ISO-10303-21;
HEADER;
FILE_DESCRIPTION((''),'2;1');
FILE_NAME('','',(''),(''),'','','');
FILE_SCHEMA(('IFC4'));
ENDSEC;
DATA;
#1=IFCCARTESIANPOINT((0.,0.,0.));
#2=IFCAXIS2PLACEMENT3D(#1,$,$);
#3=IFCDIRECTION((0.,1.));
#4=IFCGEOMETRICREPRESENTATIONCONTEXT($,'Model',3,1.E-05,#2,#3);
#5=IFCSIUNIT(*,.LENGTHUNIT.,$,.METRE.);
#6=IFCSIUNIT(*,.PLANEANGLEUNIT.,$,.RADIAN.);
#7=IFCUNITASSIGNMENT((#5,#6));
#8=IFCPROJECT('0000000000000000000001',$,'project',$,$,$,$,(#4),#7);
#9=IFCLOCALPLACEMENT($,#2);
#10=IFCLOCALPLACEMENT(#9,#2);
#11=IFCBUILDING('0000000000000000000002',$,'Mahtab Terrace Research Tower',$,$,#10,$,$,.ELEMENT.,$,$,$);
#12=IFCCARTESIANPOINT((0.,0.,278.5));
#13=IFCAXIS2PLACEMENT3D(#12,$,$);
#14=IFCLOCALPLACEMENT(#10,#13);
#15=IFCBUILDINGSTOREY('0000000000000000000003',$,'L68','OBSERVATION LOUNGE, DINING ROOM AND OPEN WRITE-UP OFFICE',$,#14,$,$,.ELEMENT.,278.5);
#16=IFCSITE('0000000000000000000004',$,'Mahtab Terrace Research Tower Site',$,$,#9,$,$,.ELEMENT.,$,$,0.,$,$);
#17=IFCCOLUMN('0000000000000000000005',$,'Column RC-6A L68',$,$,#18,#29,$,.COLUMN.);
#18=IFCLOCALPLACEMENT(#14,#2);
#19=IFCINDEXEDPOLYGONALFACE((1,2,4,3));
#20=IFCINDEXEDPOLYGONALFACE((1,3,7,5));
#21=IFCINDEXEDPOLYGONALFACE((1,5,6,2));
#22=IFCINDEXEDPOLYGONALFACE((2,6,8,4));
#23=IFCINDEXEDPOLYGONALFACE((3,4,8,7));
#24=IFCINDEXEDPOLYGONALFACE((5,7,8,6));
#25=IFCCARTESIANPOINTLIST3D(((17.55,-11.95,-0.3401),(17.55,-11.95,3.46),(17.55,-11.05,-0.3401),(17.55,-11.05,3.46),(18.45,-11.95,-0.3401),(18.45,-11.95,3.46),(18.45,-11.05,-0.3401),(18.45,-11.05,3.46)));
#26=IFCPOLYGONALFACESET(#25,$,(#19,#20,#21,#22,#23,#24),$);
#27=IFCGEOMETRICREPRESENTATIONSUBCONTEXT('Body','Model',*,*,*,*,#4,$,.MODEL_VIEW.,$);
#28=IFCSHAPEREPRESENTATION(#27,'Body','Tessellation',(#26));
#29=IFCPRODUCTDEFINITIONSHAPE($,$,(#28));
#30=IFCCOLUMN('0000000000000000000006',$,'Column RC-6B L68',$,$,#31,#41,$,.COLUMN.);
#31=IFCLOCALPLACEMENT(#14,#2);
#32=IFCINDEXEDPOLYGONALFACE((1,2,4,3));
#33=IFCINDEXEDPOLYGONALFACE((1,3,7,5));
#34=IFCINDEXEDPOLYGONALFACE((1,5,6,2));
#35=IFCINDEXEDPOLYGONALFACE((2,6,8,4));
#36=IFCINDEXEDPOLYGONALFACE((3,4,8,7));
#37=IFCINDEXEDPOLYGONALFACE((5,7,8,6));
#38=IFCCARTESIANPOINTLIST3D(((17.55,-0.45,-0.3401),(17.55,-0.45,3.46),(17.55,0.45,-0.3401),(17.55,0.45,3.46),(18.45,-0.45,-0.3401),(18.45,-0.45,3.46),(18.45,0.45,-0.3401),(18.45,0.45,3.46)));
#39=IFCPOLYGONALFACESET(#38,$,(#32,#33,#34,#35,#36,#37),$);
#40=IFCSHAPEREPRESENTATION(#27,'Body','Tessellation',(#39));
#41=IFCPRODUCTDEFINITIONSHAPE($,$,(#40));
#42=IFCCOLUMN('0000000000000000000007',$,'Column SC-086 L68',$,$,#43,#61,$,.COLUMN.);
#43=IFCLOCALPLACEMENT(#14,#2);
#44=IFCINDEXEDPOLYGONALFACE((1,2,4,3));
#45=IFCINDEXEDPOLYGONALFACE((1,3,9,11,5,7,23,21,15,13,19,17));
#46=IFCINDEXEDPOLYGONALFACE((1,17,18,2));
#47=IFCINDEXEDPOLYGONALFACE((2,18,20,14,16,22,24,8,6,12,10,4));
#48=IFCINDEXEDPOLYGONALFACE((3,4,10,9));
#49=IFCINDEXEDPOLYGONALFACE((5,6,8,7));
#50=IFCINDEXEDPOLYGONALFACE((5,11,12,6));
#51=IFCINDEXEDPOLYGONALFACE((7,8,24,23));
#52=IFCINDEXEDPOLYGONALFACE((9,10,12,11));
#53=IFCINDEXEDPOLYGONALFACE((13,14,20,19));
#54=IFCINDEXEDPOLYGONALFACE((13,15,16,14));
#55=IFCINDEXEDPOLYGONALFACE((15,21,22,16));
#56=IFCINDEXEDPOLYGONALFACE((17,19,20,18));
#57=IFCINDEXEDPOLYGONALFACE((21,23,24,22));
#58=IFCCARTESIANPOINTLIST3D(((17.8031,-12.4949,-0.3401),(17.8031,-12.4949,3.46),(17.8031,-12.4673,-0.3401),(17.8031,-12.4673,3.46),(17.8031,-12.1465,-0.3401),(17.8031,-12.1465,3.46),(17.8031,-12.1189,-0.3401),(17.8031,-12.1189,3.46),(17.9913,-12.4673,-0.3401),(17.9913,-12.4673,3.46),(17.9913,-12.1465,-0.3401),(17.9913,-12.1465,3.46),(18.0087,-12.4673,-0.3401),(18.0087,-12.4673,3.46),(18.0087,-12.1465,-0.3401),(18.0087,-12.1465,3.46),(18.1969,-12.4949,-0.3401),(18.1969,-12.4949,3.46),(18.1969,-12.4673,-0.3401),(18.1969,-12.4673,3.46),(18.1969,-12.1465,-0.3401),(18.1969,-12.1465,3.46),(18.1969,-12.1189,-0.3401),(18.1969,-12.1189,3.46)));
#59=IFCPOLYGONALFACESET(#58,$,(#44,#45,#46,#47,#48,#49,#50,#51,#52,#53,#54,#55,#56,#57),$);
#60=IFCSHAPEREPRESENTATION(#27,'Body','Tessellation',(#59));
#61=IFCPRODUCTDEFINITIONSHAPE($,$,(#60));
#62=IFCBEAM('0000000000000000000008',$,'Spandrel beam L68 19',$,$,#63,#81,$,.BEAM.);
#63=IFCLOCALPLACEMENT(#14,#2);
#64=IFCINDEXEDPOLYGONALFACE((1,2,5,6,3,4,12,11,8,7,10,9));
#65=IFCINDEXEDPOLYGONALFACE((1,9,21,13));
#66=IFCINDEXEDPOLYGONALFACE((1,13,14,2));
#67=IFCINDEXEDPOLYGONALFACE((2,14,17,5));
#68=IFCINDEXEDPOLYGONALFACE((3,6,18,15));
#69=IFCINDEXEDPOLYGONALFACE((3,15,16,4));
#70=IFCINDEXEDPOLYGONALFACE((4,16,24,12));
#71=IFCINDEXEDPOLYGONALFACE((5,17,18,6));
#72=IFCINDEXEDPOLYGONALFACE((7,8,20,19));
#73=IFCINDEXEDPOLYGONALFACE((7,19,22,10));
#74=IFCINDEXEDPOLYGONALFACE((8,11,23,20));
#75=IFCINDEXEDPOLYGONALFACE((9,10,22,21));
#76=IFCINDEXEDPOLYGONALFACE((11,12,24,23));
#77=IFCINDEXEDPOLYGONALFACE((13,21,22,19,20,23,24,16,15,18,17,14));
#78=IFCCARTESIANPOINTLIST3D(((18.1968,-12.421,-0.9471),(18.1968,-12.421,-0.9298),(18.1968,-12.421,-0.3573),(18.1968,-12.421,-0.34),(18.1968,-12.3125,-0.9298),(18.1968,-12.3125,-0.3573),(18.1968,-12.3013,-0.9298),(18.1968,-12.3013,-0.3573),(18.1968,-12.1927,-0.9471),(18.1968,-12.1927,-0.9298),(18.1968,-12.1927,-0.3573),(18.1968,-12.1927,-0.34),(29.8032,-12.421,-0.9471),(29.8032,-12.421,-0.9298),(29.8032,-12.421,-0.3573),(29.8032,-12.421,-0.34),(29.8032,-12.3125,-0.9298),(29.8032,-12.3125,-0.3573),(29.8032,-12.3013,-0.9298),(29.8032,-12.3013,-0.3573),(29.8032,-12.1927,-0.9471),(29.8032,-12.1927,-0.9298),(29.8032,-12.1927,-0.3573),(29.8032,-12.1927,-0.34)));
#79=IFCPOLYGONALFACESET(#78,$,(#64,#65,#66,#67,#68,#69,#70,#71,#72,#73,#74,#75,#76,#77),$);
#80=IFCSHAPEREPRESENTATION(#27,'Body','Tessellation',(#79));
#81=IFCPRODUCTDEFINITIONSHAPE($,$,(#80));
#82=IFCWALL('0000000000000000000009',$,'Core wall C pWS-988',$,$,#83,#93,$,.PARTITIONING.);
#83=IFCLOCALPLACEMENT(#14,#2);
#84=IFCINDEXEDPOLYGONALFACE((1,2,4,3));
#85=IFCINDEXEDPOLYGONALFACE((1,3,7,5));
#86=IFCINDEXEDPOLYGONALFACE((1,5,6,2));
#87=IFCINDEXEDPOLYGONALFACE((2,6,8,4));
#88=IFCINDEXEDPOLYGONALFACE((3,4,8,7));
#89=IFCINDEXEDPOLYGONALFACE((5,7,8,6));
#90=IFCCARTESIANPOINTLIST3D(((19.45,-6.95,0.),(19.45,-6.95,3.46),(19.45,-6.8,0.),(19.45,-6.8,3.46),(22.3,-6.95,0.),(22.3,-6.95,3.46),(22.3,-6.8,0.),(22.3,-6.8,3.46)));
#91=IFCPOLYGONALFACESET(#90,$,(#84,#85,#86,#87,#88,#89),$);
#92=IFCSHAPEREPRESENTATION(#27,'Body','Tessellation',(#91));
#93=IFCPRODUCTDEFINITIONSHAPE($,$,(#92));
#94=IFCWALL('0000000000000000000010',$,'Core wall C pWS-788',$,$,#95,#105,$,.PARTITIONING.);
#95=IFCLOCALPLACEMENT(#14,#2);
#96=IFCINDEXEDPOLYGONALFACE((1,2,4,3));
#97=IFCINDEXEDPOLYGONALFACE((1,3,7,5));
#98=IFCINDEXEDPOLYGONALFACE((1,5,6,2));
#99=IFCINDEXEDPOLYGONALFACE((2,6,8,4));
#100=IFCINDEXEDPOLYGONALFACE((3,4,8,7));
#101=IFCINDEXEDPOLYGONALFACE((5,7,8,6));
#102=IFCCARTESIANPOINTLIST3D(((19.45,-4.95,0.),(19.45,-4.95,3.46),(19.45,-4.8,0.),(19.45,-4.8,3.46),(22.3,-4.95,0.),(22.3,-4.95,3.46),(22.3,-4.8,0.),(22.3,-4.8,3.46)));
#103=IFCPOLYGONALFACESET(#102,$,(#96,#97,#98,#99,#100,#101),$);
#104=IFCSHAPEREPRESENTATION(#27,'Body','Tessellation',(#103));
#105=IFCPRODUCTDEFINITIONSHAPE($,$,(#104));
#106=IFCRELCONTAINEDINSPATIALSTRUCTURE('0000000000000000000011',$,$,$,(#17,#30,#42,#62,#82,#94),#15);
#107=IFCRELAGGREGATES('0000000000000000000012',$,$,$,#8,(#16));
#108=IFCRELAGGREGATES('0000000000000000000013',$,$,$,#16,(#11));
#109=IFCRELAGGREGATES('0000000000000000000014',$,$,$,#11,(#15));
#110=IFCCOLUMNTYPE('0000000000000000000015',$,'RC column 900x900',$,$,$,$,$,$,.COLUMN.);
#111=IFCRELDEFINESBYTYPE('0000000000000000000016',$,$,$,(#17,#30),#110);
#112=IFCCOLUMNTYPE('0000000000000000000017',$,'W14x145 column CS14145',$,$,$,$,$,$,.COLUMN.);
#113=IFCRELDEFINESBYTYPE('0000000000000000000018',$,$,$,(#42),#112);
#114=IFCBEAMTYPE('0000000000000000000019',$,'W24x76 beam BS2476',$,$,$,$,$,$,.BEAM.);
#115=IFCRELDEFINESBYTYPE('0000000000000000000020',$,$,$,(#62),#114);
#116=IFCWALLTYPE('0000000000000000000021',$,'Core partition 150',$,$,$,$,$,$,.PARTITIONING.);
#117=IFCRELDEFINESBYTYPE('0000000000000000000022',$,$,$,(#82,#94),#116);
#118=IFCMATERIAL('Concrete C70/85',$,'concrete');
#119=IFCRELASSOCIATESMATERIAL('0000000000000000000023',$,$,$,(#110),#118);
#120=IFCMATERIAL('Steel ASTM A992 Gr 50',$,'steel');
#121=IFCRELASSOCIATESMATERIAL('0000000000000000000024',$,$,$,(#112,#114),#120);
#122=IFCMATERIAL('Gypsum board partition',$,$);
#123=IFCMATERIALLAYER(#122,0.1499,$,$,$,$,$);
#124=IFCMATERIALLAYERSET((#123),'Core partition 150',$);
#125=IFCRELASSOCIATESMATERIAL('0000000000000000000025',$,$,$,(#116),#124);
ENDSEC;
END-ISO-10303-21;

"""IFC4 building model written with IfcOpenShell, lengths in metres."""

from ifc_helpers import new_model, si_unit, direction, frame, frame_2d, origin, origin_2d, place, context, subcontext, project, spatial, rectangle, i_section, extrude, material, layer, layer_set, material_profile, profile_set, type_object, element, save


model = new_model("IFC4")

# Units and contexts
model_context = context("Model", 3, precision=1e-05, world=origin(), true_north=direction((0.0, 1.0)))
body_context = subcontext(model_context, "Body", "Model", "MODEL_VIEW")
ifc_project = project(units=[si_unit("LENGTHUNIT", "METRE"), si_unit("PLANEANGLEUNIT", "RADIAN")], contexts=[model_context])

# Site, building, storey
site_placement = place(None, origin())
site = spatial("IfcSite", under=ifc_project, at=site_placement, Name="Mahtab Terrace Research Tower Site", CompositionType="ELEMENT", RefElevation=0.0)
building_placement = place(site_placement, origin())
building = spatial("IfcBuilding", under=site, at=building_placement, Name="Mahtab Terrace Research Tower", CompositionType="ELEMENT")
storey_placement = place(building_placement, frame((0.0, 0.0, 278.5)))
storey = spatial("IfcBuildingStorey", under=building, at=storey_placement, Name="L68", Description="OBSERVATION LOUNGE, DINING ROOM AND OPEN WRITE-UP OFFICE", CompositionType="ELEMENT", Elevation=278.5)

# Columns
ifc_material_1 = material(Name="Concrete C70/85", Category="concrete")
ifc_material_profile_1 = material_profile(ifc_material_1, rectangle(XDim=0.8999, YDim=0.8999, at=origin_2d()), Name="RC column 900x900")
ifc_profile_set_1 = profile_set([ifc_material_profile_1], Name="Concrete C70/85")
column_type_1 = type_object("IfcColumnType", Name="RC column 900x900", PredefinedType="COLUMN", material=ifc_profile_set_1)
for number, where, z_axis, x_axis, name in (
    (1, (18.0, -11.5, -0.3401), (0.0, 0.0, 1.0), (1.0, 0.0, 0.0), "Column RC-6A L68"),
    (2, (18.0, 0.0, -0.3401), (0.0, 0.0, 1.0), (1.0, 0.0, 0.0), "Column RC-6B L68"),
):
    element("IfcColumn", number, at=place(storey_placement, frame(where, z_axis=z_axis, x_axis=x_axis)), inside=storey, type_object=column_type_1, Name=name, PredefinedType="COLUMN", context=body_context, shape_type="SweptSolid", body=[
        extrude(rectangle(XDim=0.8999, YDim=0.8999, at=origin_2d()), origin(), (0.0, 0.0, 1.0), 3.8),
    ])
ifc_material_2 = material(Name="Steel ASTM A992 Gr 50", Category="steel")
ifc_material_profile_2 = material_profile(ifc_material_2, i_section(OverallWidth=0.3938, OverallDepth=0.376, WebThickness=0.0173, FlangeThickness=0.0276, at=origin_2d()), Name="W14X145")
ifc_profile_set_2 = profile_set([ifc_material_profile_2], Name="Steel ASTM A992 Gr 50")
column_type_2 = type_object("IfcColumnType", Name="W14x145 column CS14145", PredefinedType="COLUMN", material=ifc_profile_set_2)
column_placement = place(storey_placement, frame((18.0, -12.3069, -0.3401), z_axis=(0.0, 0.0, 1.0), x_axis=(1.0, 0.0, 0.0)))
element("IfcColumn", 3, at=column_placement, inside=storey, type_object=column_type_2, Name="Column SC-086 L68", PredefinedType="COLUMN", context=body_context, shape_type="SweptSolid", body=[
    extrude(i_section(OverallWidth=0.3938, OverallDepth=0.376, WebThickness=0.0173, FlangeThickness=0.0276, at=origin_2d()), origin(), (0.0, 0.0, 1.0), 3.8),
])

# Beam
ifc_material_profile_3 = material_profile(ifc_material_2, i_section(OverallWidth=0.2283, OverallDepth=0.6072, WebThickness=0.0112, FlangeThickness=0.0173, at=origin_2d()), Name="W24X76")
ifc_profile_set_3 = profile_set([ifc_material_profile_3], Name="Steel ASTM A992 Gr 50")
beam_type = type_object("IfcBeamType", Name="W24x76 beam BS2476", PredefinedType="BEAM", material=ifc_profile_set_3)
beam_placement = place(storey_placement, frame((18.1968, -12.3069, -0.6436), z_axis=(1.0, 0.0, 0.0), x_axis=(0.0, 1.0, 0.0)))
element("IfcBeam", 4, at=beam_placement, inside=storey, type_object=beam_type, Name="Spandrel beam L68 19", PredefinedType="BEAM", context=body_context, shape_type="SweptSolid", body=[
    extrude(i_section(OverallWidth=0.2283, OverallDepth=0.6072, WebThickness=0.0112, FlangeThickness=0.0173, at=origin_2d()), origin(), (0.0, 0.0, 1.0), 11.6064),
])

# Walls
ifc_material_3 = material(Name="Gypsum board partition")
ifc_layer_1 = layer(ifc_material_3, 0.1499)
ifc_layer_set_1 = layer_set([ifc_layer_1], Name="Core partition 150")
wall_type_1 = type_object("IfcWallType", Name="Core partition 150", PredefinedType="PARTITIONING", material=ifc_layer_set_1)
for number, where, z_axis, x_axis, name in (
    (5, (19.45, -6.875, 0.0), (0.0, 0.0, 1.0), (1.0, 0.0, 0.0), "Core wall C pWS-988"),
    (6, (19.45, -4.875, 0.0), (0.0, 0.0, 1.0), (1.0, 0.0, 0.0), "Core wall C pWS-788"),
):
    element("IfcWall", number, at=place(storey_placement, frame(where, z_axis=z_axis, x_axis=x_axis)), inside=storey, type_object=wall_type_1, Name=name, PredefinedType="PARTITIONING", context=body_context, shape_type="SweptSolid", body=[
        extrude(rectangle(XDim=2.8501, YDim=0.1499, at=frame_2d((1.425, 0.0))), origin(), (0.0, 0.0, 1.0), 3.46),
    ])

save(model, "model.ifc")
